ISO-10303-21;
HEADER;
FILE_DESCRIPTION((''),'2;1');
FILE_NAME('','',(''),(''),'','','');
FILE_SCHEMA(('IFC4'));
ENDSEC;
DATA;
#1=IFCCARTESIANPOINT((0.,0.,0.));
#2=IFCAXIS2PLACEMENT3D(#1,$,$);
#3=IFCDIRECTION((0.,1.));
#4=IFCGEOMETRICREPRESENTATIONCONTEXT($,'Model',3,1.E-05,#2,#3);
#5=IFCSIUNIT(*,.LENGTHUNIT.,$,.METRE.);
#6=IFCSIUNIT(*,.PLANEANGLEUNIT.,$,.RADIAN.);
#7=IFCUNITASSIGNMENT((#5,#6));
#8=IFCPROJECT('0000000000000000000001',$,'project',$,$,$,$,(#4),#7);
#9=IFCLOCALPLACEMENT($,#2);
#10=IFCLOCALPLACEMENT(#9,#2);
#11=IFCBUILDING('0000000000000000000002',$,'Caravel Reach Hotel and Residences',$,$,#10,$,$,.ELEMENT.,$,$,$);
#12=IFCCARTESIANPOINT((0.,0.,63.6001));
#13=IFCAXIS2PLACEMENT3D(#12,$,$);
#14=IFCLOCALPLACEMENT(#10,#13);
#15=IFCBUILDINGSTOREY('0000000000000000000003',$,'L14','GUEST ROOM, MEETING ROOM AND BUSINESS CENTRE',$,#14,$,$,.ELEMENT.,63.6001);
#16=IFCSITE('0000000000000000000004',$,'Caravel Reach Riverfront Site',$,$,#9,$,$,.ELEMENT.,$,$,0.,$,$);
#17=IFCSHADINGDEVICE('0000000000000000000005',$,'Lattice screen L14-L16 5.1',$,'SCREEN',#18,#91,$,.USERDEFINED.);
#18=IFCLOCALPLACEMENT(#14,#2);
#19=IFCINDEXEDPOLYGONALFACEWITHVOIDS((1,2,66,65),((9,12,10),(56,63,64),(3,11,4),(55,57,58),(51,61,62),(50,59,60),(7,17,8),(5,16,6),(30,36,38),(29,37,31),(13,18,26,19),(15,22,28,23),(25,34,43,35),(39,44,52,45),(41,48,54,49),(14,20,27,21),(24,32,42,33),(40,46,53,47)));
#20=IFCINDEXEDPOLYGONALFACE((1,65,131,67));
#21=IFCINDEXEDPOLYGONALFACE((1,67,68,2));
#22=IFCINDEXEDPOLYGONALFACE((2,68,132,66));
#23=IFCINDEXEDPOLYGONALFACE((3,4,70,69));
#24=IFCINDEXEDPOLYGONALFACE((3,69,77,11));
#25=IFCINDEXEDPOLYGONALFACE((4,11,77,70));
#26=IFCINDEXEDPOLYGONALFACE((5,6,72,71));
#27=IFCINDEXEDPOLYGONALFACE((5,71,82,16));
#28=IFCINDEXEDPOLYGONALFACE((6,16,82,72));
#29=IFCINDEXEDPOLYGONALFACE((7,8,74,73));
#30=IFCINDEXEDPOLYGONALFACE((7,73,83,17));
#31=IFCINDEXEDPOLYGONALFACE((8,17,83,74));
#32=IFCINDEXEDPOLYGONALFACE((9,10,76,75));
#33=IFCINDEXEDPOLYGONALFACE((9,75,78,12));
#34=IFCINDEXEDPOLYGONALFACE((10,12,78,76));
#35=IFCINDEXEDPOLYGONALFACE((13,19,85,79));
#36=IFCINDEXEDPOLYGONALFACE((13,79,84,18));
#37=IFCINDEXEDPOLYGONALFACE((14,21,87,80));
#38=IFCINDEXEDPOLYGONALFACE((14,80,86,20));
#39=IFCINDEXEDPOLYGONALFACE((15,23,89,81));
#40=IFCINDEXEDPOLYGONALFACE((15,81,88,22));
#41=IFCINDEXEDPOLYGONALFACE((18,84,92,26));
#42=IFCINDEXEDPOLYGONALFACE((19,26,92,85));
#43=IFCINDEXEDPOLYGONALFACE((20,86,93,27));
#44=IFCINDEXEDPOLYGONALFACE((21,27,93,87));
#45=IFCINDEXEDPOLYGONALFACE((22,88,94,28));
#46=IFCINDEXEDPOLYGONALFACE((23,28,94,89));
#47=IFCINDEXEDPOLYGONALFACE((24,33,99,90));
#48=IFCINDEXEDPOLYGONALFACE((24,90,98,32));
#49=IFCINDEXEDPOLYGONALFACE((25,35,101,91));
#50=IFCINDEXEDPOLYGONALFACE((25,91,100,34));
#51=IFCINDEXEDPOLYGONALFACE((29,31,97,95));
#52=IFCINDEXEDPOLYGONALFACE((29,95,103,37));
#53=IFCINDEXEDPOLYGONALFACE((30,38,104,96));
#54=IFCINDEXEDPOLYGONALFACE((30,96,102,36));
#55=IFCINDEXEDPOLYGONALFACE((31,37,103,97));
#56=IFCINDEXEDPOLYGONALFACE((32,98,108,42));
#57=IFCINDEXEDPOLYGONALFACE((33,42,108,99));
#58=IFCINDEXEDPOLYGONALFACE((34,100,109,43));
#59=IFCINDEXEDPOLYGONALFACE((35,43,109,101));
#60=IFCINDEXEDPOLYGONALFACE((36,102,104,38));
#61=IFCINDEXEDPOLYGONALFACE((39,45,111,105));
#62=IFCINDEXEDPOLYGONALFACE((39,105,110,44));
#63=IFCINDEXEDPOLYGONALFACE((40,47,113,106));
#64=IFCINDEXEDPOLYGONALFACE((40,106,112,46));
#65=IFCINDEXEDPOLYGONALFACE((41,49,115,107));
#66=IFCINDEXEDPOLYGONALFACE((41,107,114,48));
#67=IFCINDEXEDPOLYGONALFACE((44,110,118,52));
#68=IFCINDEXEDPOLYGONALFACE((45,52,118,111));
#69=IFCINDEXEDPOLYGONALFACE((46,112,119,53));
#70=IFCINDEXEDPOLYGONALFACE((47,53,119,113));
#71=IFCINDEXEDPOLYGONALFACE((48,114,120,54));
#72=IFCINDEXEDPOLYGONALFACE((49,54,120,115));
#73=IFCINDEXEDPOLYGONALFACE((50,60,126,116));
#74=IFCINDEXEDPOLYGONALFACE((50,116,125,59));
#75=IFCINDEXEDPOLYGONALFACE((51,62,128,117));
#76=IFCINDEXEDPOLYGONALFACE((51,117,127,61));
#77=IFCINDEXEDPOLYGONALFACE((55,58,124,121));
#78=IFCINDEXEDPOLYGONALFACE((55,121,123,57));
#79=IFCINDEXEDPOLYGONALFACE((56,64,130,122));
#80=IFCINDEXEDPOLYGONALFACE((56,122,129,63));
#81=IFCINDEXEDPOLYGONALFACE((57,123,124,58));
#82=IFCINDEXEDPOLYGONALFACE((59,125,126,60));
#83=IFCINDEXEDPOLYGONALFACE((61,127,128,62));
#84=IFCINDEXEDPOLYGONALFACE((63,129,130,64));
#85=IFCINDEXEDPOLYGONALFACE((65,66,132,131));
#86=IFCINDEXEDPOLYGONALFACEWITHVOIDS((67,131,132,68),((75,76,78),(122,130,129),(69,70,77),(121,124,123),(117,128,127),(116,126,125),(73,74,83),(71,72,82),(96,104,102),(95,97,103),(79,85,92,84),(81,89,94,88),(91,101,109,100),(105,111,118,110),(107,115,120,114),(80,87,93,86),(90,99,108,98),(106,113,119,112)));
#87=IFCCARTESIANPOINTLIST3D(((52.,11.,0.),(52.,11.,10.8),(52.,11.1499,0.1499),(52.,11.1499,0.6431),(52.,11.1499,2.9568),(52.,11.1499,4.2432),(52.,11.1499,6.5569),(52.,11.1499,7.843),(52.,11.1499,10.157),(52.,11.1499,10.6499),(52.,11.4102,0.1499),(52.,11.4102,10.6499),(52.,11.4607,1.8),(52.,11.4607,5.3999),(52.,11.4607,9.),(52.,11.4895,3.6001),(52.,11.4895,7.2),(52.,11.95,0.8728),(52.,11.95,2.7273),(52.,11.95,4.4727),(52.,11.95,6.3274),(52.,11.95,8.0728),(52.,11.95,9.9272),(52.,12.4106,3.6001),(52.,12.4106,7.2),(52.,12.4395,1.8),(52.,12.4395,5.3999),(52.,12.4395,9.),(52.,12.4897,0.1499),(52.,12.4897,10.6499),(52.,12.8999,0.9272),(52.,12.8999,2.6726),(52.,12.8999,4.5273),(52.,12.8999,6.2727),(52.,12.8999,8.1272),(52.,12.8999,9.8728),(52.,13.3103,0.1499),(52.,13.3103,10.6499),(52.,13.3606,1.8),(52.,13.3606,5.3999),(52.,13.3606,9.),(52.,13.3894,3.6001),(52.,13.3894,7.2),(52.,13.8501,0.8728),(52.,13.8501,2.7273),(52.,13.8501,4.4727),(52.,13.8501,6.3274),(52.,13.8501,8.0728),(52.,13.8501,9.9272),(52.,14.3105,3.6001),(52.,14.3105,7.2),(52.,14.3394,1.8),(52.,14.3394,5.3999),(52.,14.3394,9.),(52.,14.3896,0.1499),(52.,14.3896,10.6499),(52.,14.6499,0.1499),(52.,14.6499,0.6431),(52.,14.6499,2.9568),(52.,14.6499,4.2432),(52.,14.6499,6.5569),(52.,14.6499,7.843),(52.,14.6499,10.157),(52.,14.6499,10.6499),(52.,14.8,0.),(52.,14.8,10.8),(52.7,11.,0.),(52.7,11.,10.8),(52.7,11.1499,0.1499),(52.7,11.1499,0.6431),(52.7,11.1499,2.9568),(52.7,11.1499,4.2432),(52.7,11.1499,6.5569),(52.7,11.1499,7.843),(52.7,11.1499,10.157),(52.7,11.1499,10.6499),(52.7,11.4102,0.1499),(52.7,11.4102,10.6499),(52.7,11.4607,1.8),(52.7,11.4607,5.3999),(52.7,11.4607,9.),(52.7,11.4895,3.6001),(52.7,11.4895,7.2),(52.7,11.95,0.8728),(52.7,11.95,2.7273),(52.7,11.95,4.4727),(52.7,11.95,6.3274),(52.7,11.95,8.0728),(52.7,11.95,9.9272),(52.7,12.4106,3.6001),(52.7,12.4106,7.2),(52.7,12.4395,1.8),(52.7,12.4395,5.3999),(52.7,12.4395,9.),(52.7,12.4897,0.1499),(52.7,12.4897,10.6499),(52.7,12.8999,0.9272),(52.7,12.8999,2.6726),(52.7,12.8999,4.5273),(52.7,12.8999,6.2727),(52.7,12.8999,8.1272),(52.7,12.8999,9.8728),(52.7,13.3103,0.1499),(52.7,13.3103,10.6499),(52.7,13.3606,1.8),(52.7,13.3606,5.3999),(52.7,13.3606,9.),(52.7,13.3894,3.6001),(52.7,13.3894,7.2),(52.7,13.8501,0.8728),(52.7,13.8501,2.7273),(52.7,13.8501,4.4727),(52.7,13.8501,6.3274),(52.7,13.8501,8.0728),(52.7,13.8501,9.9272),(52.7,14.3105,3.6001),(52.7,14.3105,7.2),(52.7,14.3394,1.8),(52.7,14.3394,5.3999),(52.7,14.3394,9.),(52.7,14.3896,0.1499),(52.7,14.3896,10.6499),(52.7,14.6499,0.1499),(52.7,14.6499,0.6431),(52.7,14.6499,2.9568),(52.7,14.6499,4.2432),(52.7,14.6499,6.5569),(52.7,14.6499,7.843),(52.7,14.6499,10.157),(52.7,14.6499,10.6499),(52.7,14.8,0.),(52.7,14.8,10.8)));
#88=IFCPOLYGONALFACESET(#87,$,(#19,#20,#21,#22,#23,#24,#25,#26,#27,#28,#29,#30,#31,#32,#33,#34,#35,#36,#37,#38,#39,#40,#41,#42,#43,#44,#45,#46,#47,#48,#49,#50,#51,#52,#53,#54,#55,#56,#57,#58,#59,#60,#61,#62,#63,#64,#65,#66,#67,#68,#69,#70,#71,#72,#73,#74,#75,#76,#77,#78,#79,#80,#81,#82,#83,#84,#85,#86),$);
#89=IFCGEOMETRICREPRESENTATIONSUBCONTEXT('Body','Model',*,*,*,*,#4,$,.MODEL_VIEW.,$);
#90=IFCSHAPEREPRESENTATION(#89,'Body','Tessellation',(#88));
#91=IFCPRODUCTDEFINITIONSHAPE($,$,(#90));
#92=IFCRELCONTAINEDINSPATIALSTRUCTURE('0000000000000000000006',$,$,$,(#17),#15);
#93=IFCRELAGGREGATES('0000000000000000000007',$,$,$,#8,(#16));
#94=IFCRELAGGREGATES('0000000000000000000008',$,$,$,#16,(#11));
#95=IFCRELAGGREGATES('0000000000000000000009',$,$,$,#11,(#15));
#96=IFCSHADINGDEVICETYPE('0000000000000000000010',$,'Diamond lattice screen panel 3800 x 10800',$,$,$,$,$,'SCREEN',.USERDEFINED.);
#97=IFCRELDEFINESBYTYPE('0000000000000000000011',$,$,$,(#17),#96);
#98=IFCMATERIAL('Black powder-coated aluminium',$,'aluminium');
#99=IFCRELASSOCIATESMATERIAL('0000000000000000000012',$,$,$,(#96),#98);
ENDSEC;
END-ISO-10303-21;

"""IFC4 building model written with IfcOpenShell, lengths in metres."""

from ifc_helpers import new_model, si_unit, direction, frame, origin, place, context, subcontext, project, spatial, polyline, outline, extrude, material, type_object, element, save


model = new_model("IFC4")

# Units and contexts
model_context = context("Model", 3, precision=1e-05, world=origin(), true_north=direction((0.0, 1.0)))
body_context = subcontext(model_context, "Body", "Model", "MODEL_VIEW")
ifc_project = project(units=[si_unit("LENGTHUNIT", "METRE"), si_unit("PLANEANGLEUNIT", "RADIAN")], contexts=[model_context])

# Site, building, storey
site_placement = place(None, origin())
site = spatial("IfcSite", under=ifc_project, at=site_placement, Name="Caravel Reach Riverfront Site", CompositionType="ELEMENT", RefElevation=0.0)
building_placement = place(site_placement, origin())
building = spatial("IfcBuilding", under=site, at=building_placement, Name="Caravel Reach Hotel and Residences", CompositionType="ELEMENT")
storey_placement = place(building_placement, frame((0.0, 0.0, 63.6001)))
storey = spatial("IfcBuildingStorey", under=building, at=storey_placement, Name="L14", Description="GUEST ROOM, MEETING ROOM AND BUSINESS CENTRE", CompositionType="ELEMENT", Elevation=63.6001)

# Shading device
ifc_material_1 = material(Name="Black powder-coated aluminium", Category="aluminium")
shading_device_type_1 = type_object("IfcShadingDeviceType", Name="Diamond lattice screen panel 3800 x 10800", ElementType="SCREEN", PredefinedType="USERDEFINED", material=ifc_material_1)
shading_device_1_placement = place(storey_placement, frame((52.0, 11.0, 0.0), z_axis=(1.0, 0.0, 0.0), x_axis=(0.0, 1.0, 0.0)))
element("IfcShadingDevice", 1, at=shading_device_1_placement, inside=storey, type_object=shading_device_type_1, Name="Lattice screen L14-L16 5.1", ObjectType="SCREEN", PredefinedType="USERDEFINED", context=body_context, shape_type="SweptSolid", body=[
    extrude(outline(polyline([(0.0, 0.0), (3.8, 0.0), (3.8, 10.8), (0.0, 10.8), (0.0, 0.0)]), holes=[polyline([(0.4102, 0.1499), (0.1499, 0.6431), (0.1499, 0.1499), (0.4102, 0.1499)]), polyline([(0.4895, 3.6001), (0.1499, 4.2432), (0.1499, 2.9568), (0.4895, 3.6001)]), polyline([(0.4895, 7.2), (0.1499, 7.843), (0.1499, 6.5569), (0.4895, 7.2)]), polyline([(0.1499, 10.157), (0.4102, 10.6499), (0.1499, 10.6499), (0.1499, 10.157)]), polyline([(0.95, 2.7273), (0.4607, 1.8), (0.95, 0.8728), (1.4395, 1.8), (0.95, 2.7273)]), polyline([(0.95, 6.3274), (0.4607, 5.3999), (0.95, 4.4727), (1.4395, 5.3999), (0.95, 6.3274)]), polyline([(0.95, 9.9272), (0.4607, 9.0), (0.95, 8.0728), (1.4395, 9.0), (0.95, 9.9272)]), polyline([(1.8999, 0.9272), (1.4897, 0.1499), (2.3103, 0.1499), (1.8999, 0.9272)]), polyline([(1.8999, 4.5273), (1.4106, 3.6001), (1.8999, 2.6726), (2.3894, 3.6001), (1.8999, 4.5273)]), polyline([(1.8999, 8.1272), (1.4106, 7.2), (1.8999, 6.2727), (2.3894, 7.2), (1.8999, 8.1272)]), polyline([(1.8999, 9.8728), (2.3103, 10.6499), (1.4897, 10.6499), (1.8999, 9.8728)]), polyline([(2.8501, 2.7273), (2.3606, 1.8), (2.8501, 0.8728), (3.3394, 1.8), (2.8501, 2.7273)]), polyline([(2.8501, 6.3274), (2.3606, 5.3999), (2.8501, 4.4727), (3.3394, 5.3999), (2.8501, 6.3274)]), polyline([(2.8501, 9.9272), (2.3606, 9.0), (2.8501, 8.0728), (3.3394, 9.0), (2.8501, 9.9272)]), polyline([(3.6499, 0.6431), (3.3896, 0.1499), (3.6499, 0.1499), (3.6499, 0.6431)]), polyline([(3.3105, 3.6001), (3.6499, 2.9568), (3.6499, 4.2432), (3.3105, 3.6001)]), polyline([(3.3105, 7.2), (3.6499, 6.5569), (3.6499, 7.843), (3.3105, 7.2)]), polyline([(3.3896, 10.6499), (3.6499, 10.157), (3.6499, 10.6499), (3.3896, 10.6499)])]), origin(), (0.0, 0.0, 1.0), 0.7),
])

save(model, "model.ifc")
